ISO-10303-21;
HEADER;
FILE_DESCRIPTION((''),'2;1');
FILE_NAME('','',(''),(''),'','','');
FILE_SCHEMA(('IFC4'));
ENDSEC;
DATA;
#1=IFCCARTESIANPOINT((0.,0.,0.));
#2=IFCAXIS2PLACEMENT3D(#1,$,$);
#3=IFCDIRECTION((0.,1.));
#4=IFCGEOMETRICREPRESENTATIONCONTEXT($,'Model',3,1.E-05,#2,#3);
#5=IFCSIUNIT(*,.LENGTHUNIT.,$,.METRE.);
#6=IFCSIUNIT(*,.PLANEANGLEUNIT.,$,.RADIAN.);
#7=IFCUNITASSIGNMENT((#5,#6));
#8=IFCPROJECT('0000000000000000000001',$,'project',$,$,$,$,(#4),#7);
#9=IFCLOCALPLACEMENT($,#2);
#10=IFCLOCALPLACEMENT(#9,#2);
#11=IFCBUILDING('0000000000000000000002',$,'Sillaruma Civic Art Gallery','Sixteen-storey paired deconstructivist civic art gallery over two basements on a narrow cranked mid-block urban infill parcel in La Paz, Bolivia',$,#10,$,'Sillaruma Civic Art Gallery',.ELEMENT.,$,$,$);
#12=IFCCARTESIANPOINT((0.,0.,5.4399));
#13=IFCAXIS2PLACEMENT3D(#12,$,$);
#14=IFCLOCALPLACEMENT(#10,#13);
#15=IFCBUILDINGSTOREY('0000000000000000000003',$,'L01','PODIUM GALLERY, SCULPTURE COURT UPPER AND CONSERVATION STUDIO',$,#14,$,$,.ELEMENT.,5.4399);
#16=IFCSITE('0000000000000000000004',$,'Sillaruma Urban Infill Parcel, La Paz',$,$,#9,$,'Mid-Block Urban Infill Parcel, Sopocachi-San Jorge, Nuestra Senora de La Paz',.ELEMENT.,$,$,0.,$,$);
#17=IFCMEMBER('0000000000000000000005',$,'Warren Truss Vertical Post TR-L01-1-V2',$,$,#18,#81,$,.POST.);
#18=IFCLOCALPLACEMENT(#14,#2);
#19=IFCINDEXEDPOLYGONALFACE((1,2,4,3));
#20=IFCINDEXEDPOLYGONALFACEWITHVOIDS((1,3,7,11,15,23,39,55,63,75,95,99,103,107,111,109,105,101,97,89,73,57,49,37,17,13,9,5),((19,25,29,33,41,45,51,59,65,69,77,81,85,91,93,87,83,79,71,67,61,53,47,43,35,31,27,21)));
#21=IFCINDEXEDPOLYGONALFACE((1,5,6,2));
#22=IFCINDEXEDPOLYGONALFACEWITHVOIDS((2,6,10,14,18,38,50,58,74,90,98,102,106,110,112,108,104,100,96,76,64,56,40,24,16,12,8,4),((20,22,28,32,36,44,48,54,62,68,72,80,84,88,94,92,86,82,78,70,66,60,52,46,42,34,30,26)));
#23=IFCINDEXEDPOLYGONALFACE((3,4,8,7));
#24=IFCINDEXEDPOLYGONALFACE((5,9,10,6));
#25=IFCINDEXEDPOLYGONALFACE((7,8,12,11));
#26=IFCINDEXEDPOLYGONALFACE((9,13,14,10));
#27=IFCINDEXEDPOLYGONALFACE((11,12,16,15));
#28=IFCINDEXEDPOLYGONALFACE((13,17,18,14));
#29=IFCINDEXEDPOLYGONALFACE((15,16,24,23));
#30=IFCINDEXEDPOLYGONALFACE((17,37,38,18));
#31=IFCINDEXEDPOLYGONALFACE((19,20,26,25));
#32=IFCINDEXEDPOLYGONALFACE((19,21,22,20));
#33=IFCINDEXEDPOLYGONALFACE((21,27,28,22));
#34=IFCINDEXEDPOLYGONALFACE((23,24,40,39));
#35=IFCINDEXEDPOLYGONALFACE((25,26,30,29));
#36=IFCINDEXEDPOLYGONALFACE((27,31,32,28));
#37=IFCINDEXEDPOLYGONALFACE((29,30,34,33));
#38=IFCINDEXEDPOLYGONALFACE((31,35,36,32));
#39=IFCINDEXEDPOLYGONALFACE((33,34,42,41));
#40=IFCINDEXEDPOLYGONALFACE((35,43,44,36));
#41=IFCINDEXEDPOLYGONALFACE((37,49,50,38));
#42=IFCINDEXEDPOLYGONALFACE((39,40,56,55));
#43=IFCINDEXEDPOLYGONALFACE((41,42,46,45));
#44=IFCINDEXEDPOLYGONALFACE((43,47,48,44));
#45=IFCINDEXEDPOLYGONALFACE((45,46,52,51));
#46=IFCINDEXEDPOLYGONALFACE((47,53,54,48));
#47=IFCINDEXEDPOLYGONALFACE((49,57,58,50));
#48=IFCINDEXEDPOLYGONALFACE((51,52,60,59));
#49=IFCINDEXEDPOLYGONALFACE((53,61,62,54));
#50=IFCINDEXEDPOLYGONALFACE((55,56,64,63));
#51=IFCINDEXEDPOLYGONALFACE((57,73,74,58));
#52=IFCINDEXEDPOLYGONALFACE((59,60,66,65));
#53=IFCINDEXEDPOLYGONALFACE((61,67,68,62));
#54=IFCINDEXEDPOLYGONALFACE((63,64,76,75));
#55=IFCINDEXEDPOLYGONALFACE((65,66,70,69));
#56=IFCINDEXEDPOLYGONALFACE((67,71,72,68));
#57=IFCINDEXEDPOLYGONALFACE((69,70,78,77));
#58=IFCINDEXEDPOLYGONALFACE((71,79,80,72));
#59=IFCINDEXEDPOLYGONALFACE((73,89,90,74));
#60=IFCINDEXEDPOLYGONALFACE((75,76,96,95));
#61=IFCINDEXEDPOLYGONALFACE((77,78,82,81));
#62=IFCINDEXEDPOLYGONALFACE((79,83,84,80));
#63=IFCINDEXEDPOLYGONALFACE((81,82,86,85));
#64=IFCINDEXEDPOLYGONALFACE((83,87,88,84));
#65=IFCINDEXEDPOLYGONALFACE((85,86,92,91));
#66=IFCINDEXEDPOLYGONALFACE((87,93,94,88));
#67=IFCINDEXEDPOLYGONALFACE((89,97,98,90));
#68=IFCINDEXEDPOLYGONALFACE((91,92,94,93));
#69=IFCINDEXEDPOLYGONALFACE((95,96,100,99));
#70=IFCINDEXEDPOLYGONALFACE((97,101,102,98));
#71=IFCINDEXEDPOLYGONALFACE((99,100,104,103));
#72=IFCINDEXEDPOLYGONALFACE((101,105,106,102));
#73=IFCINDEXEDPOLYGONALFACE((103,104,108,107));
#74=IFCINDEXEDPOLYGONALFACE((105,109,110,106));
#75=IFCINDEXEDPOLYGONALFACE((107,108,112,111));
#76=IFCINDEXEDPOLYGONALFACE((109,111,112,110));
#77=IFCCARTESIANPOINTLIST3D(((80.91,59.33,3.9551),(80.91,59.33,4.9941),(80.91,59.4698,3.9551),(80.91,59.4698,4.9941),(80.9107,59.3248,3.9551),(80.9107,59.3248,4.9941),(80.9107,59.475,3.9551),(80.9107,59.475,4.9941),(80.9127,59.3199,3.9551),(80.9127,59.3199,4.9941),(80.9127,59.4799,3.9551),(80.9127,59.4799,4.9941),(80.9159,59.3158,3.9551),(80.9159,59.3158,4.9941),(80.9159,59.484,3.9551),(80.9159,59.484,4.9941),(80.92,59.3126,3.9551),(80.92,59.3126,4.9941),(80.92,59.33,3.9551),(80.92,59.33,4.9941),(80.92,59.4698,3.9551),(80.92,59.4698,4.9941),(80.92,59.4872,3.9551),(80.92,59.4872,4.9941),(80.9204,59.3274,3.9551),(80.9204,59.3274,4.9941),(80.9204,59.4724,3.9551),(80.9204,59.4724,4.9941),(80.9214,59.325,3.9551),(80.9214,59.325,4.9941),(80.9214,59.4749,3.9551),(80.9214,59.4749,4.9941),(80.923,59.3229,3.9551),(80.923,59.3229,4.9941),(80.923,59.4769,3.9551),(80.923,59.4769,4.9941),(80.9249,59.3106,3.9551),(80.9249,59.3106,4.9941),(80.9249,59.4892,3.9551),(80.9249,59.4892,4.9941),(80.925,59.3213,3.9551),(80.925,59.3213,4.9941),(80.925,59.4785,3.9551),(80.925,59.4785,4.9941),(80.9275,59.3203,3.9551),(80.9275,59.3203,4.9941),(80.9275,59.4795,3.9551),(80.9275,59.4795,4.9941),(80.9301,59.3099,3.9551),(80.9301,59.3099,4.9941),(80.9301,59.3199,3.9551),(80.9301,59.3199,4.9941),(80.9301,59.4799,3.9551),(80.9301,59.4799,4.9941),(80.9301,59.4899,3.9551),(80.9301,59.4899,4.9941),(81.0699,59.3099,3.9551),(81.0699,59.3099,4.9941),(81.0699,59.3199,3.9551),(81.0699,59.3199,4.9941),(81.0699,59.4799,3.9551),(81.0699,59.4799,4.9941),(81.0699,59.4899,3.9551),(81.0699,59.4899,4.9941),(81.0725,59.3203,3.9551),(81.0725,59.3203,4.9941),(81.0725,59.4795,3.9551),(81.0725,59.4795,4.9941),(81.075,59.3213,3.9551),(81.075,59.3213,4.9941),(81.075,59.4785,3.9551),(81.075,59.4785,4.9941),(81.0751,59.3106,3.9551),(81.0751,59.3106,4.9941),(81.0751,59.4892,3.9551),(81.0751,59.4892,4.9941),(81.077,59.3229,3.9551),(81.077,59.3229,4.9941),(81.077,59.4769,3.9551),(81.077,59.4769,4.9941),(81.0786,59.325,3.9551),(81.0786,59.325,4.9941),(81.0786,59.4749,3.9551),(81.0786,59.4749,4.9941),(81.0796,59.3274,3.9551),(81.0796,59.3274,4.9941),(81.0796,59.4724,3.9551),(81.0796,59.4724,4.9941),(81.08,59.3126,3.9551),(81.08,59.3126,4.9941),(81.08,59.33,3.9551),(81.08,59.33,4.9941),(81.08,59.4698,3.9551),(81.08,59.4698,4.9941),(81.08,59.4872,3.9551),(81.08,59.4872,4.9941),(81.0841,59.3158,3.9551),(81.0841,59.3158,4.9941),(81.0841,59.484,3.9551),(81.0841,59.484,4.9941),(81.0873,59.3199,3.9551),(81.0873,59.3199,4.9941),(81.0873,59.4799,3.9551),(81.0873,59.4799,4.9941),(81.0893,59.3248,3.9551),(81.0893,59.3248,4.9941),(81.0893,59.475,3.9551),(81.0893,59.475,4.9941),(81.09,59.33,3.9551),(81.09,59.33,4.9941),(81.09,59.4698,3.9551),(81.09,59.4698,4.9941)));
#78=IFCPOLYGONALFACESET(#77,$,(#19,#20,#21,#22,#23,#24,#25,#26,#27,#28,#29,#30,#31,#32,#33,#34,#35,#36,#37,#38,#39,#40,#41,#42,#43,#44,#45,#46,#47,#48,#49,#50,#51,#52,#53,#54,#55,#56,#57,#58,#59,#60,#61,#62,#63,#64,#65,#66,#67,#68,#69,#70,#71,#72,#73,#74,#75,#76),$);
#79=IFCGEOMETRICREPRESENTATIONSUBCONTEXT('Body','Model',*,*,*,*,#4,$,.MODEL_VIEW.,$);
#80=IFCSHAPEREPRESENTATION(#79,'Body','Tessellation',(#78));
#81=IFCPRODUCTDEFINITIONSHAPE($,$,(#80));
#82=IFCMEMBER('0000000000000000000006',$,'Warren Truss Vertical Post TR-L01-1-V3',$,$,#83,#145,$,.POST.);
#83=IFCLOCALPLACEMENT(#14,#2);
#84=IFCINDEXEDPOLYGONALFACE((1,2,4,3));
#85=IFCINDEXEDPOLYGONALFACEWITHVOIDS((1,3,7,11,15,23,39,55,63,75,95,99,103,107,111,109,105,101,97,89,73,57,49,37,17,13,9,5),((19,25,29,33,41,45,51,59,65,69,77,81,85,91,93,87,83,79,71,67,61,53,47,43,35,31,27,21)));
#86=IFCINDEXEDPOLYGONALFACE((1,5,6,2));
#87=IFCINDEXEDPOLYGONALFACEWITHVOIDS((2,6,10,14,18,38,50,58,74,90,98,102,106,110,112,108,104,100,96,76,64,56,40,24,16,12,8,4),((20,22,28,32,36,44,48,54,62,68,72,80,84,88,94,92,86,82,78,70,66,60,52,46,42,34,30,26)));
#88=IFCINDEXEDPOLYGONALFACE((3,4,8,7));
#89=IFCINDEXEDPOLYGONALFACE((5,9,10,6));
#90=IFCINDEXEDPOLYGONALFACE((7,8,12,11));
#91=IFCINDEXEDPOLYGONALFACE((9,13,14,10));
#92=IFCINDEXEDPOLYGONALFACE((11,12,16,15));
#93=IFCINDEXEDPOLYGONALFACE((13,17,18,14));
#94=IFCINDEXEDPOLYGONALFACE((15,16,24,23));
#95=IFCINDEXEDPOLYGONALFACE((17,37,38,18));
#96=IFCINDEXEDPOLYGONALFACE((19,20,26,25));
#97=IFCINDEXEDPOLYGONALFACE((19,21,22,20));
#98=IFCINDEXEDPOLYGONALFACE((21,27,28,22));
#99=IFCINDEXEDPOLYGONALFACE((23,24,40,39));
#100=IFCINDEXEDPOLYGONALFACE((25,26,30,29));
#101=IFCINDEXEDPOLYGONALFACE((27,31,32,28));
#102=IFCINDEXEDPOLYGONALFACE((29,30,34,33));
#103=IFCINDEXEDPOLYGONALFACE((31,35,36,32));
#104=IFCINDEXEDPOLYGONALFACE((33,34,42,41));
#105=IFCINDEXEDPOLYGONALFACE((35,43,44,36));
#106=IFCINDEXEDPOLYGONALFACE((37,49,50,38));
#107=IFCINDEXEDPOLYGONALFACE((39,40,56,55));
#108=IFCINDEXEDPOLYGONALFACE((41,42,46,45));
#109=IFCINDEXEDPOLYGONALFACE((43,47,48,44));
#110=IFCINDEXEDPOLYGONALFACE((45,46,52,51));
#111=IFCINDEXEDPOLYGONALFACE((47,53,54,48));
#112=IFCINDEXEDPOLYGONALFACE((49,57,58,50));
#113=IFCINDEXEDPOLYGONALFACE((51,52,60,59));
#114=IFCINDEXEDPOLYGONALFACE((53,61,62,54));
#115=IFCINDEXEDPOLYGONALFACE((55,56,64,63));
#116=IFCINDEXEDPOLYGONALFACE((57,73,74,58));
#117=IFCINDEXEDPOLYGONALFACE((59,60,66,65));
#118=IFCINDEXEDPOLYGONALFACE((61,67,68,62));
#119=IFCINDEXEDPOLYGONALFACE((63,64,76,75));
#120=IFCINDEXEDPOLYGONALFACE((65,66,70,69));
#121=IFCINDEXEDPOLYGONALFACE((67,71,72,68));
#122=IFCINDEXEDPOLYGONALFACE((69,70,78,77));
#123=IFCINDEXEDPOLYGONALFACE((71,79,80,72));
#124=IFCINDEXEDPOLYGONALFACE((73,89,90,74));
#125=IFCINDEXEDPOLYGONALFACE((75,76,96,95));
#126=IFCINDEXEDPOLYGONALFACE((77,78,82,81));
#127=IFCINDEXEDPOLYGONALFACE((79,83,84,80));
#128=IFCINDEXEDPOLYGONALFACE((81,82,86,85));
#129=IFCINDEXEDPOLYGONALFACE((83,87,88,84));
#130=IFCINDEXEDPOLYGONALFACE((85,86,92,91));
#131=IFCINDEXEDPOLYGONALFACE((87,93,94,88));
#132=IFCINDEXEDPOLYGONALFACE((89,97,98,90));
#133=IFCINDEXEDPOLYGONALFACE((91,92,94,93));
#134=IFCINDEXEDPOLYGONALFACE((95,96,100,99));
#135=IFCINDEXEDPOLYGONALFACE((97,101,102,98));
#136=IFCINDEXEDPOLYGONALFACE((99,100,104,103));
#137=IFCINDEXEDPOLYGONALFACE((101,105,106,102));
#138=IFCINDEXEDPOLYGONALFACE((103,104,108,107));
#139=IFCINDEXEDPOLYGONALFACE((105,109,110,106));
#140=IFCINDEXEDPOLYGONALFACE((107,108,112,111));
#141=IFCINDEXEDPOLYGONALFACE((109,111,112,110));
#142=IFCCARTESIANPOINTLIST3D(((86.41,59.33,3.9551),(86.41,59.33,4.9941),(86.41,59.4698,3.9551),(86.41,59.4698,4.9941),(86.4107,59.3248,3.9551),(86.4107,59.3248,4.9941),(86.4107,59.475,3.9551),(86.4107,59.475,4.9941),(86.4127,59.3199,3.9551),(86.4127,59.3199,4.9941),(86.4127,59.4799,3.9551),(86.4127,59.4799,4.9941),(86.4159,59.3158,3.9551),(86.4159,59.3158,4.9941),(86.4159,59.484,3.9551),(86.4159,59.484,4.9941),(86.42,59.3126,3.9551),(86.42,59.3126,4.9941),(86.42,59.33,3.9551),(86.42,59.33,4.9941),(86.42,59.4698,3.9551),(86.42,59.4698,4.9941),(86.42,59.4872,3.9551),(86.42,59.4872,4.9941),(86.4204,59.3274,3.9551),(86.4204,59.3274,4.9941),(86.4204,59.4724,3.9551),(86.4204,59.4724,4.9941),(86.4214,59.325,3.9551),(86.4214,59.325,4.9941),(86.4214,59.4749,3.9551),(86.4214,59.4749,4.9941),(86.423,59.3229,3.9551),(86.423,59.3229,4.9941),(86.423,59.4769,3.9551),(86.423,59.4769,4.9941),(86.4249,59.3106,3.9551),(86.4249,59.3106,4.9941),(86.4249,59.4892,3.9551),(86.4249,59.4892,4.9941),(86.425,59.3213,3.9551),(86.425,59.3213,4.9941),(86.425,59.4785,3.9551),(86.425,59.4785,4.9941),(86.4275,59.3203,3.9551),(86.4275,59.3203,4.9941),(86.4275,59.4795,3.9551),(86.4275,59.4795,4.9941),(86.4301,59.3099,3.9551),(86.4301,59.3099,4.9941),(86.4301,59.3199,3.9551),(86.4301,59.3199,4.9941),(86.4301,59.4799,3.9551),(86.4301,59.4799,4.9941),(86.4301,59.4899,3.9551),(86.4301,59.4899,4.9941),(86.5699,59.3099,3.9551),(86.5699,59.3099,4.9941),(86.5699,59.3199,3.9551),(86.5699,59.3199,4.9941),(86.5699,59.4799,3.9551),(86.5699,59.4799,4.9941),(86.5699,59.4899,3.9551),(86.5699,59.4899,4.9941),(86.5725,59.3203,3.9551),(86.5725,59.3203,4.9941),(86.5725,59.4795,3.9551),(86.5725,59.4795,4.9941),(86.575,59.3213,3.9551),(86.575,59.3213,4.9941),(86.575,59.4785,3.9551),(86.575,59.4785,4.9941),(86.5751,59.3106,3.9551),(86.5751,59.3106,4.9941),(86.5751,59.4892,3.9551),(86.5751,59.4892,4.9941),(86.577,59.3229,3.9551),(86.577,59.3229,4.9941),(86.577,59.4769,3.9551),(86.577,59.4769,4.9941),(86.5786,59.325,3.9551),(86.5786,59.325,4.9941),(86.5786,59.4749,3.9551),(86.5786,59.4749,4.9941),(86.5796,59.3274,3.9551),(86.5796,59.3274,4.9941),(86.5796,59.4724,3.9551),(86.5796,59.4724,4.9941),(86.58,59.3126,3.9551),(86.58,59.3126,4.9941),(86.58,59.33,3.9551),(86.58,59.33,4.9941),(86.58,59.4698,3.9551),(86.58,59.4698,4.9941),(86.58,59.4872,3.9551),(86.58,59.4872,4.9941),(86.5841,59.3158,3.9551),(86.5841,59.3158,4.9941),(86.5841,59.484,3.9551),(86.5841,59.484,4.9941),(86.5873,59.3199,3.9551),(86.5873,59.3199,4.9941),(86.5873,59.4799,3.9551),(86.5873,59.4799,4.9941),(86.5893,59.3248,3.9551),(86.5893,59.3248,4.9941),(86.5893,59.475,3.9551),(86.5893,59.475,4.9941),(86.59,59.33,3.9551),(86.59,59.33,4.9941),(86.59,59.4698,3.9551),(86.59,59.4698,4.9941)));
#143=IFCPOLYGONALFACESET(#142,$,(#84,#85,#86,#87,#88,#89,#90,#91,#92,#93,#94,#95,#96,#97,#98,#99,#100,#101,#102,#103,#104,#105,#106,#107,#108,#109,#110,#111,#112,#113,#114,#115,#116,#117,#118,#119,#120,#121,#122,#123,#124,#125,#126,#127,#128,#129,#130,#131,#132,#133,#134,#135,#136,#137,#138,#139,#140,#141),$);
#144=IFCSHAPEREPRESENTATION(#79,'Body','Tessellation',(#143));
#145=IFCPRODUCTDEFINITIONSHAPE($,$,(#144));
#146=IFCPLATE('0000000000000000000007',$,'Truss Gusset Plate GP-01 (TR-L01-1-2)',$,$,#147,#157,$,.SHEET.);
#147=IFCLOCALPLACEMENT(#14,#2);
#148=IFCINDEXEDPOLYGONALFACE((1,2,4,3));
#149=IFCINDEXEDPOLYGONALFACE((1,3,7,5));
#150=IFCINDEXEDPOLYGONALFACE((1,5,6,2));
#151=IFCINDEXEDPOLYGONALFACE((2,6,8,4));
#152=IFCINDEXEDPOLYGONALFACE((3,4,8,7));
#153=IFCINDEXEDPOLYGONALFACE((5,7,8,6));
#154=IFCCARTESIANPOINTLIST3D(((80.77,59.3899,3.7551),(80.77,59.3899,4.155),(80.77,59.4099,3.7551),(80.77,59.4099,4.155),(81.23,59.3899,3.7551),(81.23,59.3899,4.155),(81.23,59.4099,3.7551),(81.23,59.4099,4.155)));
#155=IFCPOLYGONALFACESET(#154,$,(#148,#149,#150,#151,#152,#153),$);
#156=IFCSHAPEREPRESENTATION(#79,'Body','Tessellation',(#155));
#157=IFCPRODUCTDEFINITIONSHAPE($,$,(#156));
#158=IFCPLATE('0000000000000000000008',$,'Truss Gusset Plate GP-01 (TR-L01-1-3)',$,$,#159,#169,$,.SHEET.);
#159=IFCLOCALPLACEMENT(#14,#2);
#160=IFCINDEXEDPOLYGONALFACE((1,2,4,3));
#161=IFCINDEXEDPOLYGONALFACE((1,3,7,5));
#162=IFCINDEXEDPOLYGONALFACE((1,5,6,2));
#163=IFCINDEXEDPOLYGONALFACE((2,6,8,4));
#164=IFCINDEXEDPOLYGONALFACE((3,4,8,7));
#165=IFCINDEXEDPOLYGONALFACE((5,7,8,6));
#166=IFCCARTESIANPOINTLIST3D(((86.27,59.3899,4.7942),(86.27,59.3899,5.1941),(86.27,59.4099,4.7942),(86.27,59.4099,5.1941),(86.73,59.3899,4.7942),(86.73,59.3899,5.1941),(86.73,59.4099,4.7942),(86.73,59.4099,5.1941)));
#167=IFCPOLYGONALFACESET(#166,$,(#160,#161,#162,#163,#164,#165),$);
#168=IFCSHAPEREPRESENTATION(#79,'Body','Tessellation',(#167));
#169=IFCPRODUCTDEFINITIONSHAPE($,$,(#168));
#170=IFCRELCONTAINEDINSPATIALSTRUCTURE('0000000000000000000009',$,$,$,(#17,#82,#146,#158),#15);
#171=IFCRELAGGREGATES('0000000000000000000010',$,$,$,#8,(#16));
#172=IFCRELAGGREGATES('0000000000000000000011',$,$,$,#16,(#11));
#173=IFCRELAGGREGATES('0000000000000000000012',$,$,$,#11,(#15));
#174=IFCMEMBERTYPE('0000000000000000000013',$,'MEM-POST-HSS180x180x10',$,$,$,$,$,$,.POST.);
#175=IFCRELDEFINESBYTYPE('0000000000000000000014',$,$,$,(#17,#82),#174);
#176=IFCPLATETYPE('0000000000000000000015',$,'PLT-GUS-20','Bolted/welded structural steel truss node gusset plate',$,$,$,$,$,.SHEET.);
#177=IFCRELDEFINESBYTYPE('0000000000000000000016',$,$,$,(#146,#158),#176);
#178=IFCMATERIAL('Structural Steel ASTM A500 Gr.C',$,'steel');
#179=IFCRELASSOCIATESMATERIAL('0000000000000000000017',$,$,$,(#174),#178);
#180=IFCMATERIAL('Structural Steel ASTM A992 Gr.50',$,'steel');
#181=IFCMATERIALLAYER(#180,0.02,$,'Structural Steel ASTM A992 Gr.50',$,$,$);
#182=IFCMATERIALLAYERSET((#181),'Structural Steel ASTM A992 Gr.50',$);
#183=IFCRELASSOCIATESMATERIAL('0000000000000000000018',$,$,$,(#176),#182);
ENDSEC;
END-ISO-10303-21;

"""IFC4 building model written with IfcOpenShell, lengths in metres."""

from ifc_helpers import new_model, si_unit, direction, frame, origin, origin_2d, place, context, subcontext, project, spatial, rectangle, hollow_rectangle, extrude, material, layer, layer_set, material_profile, profile_set, type_object, element, save


model = new_model("IFC4")

# Units and contexts
model_context = context("Model", 3, precision=1e-05, world=origin(), true_north=direction((0.0, 1.0)))
body_context = subcontext(model_context, "Body", "Model", "MODEL_VIEW")
ifc_project = project(units=[si_unit("LENGTHUNIT", "METRE"), si_unit("PLANEANGLEUNIT", "RADIAN")], contexts=[model_context])

# Site, building, storey
site_placement = place(None, origin())
site = spatial("IfcSite", under=ifc_project, at=site_placement, Name="Sillaruma Urban Infill Parcel, La Paz", LongName="Mid-Block Urban Infill Parcel, Sopocachi-San Jorge, Nuestra Senora de La Paz", CompositionType="ELEMENT", RefElevation=0.0)
building_placement = place(site_placement, origin())
building = spatial("IfcBuilding", under=site, at=building_placement, Name="Sillaruma Civic Art Gallery", Description="Sixteen-storey paired deconstructivist civic art gallery over two basements on a narrow cranked mid-block urban infill parcel in La Paz, Bolivia", LongName="Sillaruma Civic Art Gallery", CompositionType="ELEMENT")
storey_placement = place(building_placement, frame((0.0, 0.0, 5.4399)))
storey = spatial("IfcBuildingStorey", under=building, at=storey_placement, Name="L01", Description="PODIUM GALLERY, SCULPTURE COURT UPPER AND CONSERVATION STUDIO", CompositionType="ELEMENT", Elevation=5.4399)

# Members
ifc_material_1 = material(Name="Structural Steel ASTM A500 Gr.C", Category="steel")
ifc_material_profile_1 = material_profile(ifc_material_1, hollow_rectangle(XDim=0.1799, YDim=0.1799, WallThickness=0.01, InnerFilletRadius=0.01, OuterFilletRadius=0.02, at=origin_2d()), Name="HSS180x180x10")
ifc_profile_set_1 = profile_set([ifc_material_profile_1], Name="Structural Steel ASTM A500 Gr.C")
member_type_1 = type_object("IfcMemberType", Name="MEM-POST-HSS180x180x10", PredefinedType="POST", material=ifc_profile_set_1)
for number, where, z_axis, x_axis, name in (
    (1, (81.0, 59.3999, 3.9551), (0.0, 0.0, 1.0), (1.0, 0.0, 0.0), "Warren Truss Vertical Post TR-L01-1-V2"),
    (2, (86.5, 59.3999, 3.9551), (0.0, 0.0, 1.0), (1.0, 0.0, 0.0), "Warren Truss Vertical Post TR-L01-1-V3"),
):
    element("IfcMember", number, at=place(storey_placement, frame(where, z_axis=z_axis, x_axis=x_axis)), inside=storey, type_object=member_type_1, Name=name, PredefinedType="POST", context=body_context, shape_type="SweptSolid", body=[
        extrude(hollow_rectangle(XDim=0.1799, YDim=0.1799, WallThickness=0.01, InnerFilletRadius=0.01, OuterFilletRadius=0.02, at=origin_2d()), origin(), (0.0, 0.0, 1.0), 1.0391),
    ])

# Plates
ifc_material_2 = material(Name="Structural Steel ASTM A992 Gr.50", Category="steel")
ifc_layer = layer(ifc_material_2, 0.02, Name="Structural Steel ASTM A992 Gr.50")
ifc_layer_set = layer_set([ifc_layer], Name="Structural Steel ASTM A992 Gr.50")
plate_type = type_object("IfcPlateType", Name="PLT-GUS-20", Description="Bolted/welded structural steel truss node gusset plate", PredefinedType="SHEET", material=ifc_layer_set)
for number, where, z_axis, x_axis, name in (
    (3, (81.0, 59.3999, 3.7551), (0.0, 0.0, 1.0), (1.0, 0.0, 0.0), "Truss Gusset Plate GP-01 (TR-L01-1-2)"),
    (4, (86.5, 59.3999, 4.7942), (0.0, 0.0, 1.0), (1.0, 0.0, 0.0), "Truss Gusset Plate GP-01 (TR-L01-1-3)"),
):
    element("IfcPlate", number, at=place(storey_placement, frame(where, z_axis=z_axis, x_axis=x_axis)), inside=storey, type_object=plate_type, Name=name, PredefinedType="SHEET", context=body_context, shape_type="SweptSolid", body=[
        extrude(rectangle(XDim=0.46, YDim=0.02, at=origin_2d()), origin(), (0.0, 0.0, 1.0), 0.3999),
    ])

save(model, "model.ifc")
